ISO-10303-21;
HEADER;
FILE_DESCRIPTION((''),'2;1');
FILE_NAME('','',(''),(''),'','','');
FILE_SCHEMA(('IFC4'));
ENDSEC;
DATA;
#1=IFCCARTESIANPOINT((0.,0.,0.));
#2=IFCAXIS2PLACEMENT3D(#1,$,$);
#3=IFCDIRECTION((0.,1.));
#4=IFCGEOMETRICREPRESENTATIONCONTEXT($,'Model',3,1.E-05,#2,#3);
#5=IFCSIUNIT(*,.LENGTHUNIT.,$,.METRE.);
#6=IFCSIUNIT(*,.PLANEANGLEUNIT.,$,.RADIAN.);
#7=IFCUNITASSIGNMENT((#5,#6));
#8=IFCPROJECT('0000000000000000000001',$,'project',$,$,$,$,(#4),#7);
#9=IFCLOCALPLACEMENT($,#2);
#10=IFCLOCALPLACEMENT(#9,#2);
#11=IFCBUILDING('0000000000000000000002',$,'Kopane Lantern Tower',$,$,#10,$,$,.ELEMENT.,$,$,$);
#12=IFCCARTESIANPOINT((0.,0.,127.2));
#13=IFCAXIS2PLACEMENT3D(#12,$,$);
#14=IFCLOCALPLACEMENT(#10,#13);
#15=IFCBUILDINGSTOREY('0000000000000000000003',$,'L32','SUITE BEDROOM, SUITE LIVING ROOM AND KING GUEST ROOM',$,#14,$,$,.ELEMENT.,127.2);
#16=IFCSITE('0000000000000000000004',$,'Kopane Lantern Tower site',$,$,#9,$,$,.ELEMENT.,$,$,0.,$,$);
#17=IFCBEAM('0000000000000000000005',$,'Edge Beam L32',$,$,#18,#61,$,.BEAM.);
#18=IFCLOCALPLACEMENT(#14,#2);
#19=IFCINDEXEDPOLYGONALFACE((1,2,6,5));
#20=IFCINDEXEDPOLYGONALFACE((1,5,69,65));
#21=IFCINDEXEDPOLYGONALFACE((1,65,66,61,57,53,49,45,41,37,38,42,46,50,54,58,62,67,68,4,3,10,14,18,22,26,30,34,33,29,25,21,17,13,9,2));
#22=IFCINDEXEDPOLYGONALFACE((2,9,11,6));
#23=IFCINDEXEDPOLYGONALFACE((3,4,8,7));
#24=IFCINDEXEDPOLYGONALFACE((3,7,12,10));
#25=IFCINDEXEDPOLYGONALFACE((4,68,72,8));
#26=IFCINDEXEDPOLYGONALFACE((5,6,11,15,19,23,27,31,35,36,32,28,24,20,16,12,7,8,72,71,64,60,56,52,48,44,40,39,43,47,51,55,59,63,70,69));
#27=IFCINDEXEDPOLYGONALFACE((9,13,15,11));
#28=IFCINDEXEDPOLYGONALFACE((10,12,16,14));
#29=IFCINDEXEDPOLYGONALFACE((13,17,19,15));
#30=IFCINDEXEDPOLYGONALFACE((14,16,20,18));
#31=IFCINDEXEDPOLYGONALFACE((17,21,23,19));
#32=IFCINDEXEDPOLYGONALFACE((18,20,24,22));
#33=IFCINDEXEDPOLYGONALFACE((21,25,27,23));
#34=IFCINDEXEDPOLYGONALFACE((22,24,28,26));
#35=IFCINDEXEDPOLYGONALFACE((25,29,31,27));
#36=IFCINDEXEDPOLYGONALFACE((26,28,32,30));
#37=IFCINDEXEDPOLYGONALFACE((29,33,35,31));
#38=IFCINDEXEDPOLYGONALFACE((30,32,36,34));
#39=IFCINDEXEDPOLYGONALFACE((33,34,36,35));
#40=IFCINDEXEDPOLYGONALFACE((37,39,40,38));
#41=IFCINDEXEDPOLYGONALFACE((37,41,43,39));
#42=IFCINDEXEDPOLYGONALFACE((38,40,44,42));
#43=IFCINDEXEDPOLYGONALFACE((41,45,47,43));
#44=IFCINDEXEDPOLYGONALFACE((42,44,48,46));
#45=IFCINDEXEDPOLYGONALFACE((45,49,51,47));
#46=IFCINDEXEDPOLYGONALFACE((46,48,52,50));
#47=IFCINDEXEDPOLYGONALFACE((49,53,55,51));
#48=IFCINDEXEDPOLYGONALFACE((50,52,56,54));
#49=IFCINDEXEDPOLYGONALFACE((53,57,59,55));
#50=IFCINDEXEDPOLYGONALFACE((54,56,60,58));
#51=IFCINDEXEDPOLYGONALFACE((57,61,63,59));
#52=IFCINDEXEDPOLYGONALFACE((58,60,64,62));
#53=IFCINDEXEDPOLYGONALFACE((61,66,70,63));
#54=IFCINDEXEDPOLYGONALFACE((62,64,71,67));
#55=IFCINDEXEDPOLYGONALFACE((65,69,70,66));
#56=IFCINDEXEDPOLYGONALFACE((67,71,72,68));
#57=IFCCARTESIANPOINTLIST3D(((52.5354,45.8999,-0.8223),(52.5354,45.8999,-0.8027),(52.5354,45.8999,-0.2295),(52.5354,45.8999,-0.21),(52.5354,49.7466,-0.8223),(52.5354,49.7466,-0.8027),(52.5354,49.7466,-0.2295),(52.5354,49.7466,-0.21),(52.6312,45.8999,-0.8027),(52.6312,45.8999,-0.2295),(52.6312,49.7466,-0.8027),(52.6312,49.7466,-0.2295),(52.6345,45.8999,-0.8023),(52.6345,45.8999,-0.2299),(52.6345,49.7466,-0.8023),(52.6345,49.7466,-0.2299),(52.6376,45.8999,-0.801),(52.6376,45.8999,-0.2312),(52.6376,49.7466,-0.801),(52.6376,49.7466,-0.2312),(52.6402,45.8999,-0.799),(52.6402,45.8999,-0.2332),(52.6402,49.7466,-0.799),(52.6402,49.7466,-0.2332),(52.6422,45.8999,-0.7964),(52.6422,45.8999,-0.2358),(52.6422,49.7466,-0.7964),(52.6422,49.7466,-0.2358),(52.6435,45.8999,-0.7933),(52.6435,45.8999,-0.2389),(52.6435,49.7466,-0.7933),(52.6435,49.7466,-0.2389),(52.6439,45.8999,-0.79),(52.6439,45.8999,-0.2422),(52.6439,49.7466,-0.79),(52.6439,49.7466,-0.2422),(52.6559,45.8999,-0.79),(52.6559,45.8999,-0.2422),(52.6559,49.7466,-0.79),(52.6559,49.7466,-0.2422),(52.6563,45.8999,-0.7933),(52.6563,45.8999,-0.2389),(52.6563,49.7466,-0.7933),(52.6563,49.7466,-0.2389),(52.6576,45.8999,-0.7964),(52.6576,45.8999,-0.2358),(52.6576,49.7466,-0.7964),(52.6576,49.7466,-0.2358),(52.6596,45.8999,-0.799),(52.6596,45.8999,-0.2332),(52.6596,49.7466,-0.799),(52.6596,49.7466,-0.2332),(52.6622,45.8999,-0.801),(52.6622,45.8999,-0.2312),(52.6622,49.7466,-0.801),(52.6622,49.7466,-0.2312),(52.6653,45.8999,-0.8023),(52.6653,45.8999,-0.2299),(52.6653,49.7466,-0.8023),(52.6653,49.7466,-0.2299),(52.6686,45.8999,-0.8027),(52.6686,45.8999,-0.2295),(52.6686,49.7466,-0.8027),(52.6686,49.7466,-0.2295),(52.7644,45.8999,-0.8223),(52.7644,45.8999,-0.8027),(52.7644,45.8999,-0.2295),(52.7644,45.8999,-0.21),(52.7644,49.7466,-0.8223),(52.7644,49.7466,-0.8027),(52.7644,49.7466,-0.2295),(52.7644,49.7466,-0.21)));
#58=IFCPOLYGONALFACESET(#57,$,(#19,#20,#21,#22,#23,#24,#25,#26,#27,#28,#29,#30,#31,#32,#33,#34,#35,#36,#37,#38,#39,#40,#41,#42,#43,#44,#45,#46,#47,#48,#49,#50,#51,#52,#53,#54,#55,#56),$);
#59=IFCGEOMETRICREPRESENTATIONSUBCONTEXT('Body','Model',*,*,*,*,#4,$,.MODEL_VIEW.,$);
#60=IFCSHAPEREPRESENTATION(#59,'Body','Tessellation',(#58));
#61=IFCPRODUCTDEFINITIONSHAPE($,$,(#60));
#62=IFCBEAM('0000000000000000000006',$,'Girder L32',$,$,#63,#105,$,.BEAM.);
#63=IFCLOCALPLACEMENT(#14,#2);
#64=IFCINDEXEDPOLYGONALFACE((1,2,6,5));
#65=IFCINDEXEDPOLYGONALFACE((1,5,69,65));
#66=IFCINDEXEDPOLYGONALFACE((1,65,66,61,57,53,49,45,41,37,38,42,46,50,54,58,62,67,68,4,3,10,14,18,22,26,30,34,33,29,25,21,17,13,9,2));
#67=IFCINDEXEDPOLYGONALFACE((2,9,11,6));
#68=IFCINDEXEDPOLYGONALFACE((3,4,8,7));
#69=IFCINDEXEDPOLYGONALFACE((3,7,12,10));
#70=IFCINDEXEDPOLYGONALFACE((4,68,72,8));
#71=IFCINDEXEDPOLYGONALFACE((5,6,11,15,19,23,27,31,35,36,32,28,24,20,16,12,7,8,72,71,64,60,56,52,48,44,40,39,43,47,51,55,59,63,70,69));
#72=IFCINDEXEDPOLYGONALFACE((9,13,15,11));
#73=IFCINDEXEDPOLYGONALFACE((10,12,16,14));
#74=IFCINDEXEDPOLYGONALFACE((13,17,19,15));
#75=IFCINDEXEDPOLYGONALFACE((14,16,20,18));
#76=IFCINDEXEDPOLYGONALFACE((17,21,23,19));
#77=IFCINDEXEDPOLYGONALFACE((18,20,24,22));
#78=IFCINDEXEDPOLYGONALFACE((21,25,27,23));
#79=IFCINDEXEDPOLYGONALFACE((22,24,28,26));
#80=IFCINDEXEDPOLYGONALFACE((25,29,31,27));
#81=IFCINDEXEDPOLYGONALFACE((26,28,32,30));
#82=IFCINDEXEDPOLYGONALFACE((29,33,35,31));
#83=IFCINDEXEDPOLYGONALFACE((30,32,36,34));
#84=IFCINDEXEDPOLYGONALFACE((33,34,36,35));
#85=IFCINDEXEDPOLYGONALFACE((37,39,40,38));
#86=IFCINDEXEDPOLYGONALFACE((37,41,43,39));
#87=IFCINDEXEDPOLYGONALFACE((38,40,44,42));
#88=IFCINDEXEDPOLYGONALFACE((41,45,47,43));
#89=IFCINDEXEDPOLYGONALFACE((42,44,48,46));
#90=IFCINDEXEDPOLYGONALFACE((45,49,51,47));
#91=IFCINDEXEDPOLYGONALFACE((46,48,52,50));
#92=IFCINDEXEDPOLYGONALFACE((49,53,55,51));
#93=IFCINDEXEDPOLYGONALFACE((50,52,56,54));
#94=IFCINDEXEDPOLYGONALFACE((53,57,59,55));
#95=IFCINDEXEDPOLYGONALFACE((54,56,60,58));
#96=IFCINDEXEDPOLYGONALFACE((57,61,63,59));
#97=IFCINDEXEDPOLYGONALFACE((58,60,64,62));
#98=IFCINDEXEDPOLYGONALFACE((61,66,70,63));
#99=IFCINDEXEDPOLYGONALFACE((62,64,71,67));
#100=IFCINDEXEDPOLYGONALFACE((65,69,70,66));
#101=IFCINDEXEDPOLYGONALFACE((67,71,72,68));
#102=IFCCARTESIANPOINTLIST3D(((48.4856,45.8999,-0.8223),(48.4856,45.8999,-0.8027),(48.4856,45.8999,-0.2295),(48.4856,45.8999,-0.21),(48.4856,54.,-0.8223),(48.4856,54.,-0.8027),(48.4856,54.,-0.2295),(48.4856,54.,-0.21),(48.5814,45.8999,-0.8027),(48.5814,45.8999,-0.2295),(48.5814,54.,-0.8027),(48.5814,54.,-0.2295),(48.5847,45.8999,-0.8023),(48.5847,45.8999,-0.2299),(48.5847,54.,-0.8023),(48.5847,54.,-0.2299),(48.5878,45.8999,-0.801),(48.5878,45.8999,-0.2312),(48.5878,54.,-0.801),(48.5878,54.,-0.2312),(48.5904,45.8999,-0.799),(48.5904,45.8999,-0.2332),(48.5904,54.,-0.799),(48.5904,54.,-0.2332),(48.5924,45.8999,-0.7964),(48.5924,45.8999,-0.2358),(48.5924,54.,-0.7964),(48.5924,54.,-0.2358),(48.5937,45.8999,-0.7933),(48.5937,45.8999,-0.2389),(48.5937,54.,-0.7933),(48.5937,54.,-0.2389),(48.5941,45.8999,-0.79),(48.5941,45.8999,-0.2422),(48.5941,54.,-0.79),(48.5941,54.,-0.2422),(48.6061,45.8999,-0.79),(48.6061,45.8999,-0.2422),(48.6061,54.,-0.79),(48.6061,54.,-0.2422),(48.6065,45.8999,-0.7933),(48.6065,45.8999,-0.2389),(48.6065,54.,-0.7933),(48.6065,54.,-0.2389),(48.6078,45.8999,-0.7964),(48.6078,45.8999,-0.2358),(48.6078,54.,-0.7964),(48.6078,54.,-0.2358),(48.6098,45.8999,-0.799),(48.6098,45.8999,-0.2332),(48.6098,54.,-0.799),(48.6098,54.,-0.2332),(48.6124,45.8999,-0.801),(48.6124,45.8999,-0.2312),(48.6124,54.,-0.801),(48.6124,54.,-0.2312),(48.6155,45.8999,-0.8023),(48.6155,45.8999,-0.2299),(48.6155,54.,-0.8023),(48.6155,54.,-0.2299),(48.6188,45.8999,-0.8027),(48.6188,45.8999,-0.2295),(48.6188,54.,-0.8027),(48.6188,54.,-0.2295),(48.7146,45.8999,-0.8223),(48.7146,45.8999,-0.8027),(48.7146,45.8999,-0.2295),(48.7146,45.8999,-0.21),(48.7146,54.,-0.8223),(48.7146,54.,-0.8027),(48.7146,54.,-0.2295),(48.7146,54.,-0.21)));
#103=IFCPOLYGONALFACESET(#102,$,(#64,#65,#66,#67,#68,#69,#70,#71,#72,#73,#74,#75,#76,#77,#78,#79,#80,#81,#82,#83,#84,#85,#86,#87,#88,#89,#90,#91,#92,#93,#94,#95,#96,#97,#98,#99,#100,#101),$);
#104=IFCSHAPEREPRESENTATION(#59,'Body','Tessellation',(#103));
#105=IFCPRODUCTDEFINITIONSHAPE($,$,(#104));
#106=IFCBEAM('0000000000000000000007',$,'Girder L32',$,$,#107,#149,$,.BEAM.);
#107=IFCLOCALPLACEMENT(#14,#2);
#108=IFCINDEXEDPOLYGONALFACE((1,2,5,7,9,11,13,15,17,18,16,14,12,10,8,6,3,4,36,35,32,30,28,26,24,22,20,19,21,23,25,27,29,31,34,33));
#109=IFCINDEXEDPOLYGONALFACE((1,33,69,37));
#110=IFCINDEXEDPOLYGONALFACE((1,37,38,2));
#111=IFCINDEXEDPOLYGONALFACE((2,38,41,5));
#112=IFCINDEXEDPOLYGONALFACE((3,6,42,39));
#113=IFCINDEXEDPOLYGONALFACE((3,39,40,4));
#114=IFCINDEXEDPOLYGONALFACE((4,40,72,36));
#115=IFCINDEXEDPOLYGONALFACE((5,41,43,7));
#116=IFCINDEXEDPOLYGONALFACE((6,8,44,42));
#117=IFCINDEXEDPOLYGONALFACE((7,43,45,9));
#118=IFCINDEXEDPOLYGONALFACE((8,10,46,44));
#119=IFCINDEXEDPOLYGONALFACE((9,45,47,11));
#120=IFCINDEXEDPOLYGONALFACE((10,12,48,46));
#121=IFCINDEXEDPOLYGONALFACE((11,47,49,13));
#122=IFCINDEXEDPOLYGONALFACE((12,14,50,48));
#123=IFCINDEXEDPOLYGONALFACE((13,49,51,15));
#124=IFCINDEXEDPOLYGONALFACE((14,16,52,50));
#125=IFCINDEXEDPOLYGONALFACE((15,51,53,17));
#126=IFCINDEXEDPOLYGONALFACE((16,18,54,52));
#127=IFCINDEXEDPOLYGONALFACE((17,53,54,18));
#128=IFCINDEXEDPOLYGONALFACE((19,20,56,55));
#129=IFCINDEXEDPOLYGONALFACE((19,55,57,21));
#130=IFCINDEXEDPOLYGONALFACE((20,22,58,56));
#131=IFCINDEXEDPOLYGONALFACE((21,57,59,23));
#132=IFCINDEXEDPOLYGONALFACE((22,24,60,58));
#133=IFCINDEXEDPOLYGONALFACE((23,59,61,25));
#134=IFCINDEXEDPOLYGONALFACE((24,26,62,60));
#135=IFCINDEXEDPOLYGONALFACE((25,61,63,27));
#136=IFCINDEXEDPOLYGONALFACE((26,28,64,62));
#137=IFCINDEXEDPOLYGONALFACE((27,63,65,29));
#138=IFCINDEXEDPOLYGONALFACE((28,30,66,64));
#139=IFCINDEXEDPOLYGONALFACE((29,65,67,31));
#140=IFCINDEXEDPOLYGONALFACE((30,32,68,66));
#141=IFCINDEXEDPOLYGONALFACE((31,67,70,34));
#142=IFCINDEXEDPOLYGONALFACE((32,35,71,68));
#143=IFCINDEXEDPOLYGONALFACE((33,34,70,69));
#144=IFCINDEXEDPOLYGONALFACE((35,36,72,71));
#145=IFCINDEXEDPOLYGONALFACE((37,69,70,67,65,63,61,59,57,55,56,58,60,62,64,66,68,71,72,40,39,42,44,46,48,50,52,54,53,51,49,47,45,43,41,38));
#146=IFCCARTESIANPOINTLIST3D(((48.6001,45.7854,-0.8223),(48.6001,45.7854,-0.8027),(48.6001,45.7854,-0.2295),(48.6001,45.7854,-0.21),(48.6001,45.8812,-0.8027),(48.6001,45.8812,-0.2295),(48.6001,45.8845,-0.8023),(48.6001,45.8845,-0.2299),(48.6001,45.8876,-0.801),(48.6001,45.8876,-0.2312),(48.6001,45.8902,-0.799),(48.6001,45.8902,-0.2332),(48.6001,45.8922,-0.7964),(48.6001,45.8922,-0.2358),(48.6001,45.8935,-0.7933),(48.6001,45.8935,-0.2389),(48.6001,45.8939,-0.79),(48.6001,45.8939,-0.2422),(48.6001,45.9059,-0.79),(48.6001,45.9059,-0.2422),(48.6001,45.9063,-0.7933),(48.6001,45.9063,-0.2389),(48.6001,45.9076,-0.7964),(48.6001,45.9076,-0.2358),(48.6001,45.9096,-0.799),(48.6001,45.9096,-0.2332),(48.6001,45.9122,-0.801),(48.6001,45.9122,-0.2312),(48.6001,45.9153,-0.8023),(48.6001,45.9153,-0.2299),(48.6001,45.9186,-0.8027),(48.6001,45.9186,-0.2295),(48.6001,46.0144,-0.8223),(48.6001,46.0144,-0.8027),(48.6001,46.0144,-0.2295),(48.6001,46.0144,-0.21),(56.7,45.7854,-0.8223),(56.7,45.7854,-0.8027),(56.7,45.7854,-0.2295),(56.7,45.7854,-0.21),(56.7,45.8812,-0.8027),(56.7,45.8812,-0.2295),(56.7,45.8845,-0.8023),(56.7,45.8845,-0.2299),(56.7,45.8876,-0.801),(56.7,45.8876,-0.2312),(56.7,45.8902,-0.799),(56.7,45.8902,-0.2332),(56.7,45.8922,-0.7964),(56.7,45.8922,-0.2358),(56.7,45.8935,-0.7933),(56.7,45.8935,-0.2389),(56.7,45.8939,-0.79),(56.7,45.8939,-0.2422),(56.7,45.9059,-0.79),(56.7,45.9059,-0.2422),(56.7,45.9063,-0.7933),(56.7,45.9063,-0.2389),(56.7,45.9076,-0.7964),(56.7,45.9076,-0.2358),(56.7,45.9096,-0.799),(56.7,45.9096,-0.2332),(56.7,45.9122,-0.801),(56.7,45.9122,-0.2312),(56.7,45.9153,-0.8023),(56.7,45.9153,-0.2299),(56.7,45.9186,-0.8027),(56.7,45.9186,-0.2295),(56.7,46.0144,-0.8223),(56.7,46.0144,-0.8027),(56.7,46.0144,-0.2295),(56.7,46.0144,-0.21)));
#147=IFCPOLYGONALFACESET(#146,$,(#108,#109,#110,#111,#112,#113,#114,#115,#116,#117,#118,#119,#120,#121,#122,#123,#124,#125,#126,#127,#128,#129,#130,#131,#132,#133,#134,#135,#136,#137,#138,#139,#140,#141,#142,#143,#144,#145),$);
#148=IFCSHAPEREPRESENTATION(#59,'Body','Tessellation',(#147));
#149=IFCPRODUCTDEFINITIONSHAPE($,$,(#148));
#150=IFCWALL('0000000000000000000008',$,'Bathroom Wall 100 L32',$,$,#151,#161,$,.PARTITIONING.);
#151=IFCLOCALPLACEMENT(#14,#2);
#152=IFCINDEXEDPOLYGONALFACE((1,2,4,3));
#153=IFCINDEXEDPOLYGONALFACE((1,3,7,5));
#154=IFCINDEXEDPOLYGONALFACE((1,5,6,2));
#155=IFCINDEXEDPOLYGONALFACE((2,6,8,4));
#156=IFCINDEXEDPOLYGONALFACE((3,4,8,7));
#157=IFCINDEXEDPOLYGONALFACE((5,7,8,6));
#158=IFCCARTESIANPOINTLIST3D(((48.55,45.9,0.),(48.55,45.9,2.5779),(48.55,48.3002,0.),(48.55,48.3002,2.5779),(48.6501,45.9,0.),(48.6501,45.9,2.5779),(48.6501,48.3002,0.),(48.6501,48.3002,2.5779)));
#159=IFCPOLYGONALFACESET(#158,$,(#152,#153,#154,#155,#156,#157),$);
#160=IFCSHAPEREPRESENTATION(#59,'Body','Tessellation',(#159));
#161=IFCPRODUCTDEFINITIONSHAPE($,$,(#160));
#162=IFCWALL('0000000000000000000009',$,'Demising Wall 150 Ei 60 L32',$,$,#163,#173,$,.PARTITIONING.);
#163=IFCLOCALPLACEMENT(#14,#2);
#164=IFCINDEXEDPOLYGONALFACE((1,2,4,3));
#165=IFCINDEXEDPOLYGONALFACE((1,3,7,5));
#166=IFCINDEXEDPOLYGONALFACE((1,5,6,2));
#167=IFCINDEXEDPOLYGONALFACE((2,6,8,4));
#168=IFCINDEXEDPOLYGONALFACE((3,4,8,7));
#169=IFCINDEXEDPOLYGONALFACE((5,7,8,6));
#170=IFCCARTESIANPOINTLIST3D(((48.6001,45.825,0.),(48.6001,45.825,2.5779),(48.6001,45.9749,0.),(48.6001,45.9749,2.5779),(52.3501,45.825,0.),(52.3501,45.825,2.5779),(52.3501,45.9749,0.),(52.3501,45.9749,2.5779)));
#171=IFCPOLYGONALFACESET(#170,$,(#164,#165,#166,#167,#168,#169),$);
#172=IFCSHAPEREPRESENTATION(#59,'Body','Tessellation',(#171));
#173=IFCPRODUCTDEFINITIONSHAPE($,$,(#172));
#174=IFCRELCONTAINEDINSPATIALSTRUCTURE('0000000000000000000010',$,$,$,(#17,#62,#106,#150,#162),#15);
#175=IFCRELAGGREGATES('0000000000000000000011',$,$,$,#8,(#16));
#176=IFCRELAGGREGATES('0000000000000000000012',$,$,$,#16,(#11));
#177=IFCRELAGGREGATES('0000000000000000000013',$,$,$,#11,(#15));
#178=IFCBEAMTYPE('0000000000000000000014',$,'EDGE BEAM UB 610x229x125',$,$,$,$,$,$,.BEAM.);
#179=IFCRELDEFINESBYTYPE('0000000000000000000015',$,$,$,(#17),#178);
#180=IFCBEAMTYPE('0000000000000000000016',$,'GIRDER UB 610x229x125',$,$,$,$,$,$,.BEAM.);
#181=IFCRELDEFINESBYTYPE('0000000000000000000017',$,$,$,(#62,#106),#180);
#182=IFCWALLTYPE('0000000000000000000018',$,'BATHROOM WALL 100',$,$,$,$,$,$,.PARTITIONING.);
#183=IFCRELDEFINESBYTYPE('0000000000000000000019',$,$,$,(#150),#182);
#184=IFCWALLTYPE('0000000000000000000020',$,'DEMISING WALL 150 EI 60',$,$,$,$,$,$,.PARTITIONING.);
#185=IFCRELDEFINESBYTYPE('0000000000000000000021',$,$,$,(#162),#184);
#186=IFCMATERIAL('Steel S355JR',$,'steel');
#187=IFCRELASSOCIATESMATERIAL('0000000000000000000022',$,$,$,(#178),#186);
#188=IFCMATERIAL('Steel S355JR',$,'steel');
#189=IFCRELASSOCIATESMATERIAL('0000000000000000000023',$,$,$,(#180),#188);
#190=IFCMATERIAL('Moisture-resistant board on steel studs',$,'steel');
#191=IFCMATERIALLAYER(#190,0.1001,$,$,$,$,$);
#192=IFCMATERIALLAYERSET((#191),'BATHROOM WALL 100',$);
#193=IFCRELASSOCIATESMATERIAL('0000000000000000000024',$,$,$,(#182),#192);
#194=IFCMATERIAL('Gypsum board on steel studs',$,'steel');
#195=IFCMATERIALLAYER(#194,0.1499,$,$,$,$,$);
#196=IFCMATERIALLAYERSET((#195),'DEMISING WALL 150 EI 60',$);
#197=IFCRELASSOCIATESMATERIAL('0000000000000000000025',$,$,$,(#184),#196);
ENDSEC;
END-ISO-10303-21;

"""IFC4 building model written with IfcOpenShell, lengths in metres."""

from ifc_helpers import new_model, si_unit, direction, frame, frame_2d, origin, origin_2d, place, context, subcontext, project, spatial, rectangle, i_section, extrude, material, layer, layer_set, material_profile, profile_set, type_object, element, save


model = new_model("IFC4")

# Units and contexts
model_context = context("Model", 3, precision=1e-05, world=origin(), true_north=direction((0.0, 1.0)))
body_context = subcontext(model_context, "Body", "Model", "MODEL_VIEW")
ifc_project = project(units=[si_unit("LENGTHUNIT", "METRE"), si_unit("PLANEANGLEUNIT", "RADIAN")], contexts=[model_context])

# Site, building, storey
site_placement = place(None, origin())
site = spatial("IfcSite", under=ifc_project, at=site_placement, Name="Kopane Lantern Tower site", CompositionType="ELEMENT", RefElevation=0.0)
building_placement = place(site_placement, origin())
building = spatial("IfcBuilding", under=site, at=building_placement, Name="Kopane Lantern Tower", CompositionType="ELEMENT")
storey_placement = place(building_placement, frame((0.0, 0.0, 127.2)))
storey = spatial("IfcBuildingStorey", under=building, at=storey_placement, Name="L32", Description="SUITE BEDROOM, SUITE LIVING ROOM AND KING GUEST ROOM", CompositionType="ELEMENT", Elevation=127.2)

# Beams
ifc_material_1 = material(Name="Steel S355JR", Category="steel")
ifc_material_profile_1 = material_profile(ifc_material_1, i_section(OverallWidth=0.229, OverallDepth=0.6123, WebThickness=0.012, FlangeThickness=0.0195, FilletRadius=0.0127, at=origin_2d()), Name="UB 610x229x125")
ifc_profile_set_1 = profile_set([ifc_material_profile_1], Name="Steel S355JR")
beam_type_1 = type_object("IfcBeamType", Name="EDGE BEAM UB 610x229x125", PredefinedType="BEAM", material=ifc_profile_set_1)
beam_1_placement = place(storey_placement, frame((52.6499, 49.7466, -0.5161), z_axis=(0.0, -1.0, 0.0), x_axis=(1.0, 0.0, 0.0)))
element("IfcBeam", 1, at=beam_1_placement, inside=storey, type_object=beam_type_1, Name="Edge Beam L32", PredefinedType="BEAM", context=body_context, shape_type="SweptSolid", body=[
    extrude(i_section(OverallWidth=0.229, OverallDepth=0.6123, WebThickness=0.012, FlangeThickness=0.0195, FilletRadius=0.0127, at=origin_2d()), origin(), (0.0, 0.0, 1.0), 3.8467),
])
ifc_material_2 = material(Name="Steel S355JR", Category="steel")
ifc_material_profile_2 = material_profile(ifc_material_2, i_section(OverallWidth=0.229, OverallDepth=0.6123, WebThickness=0.012, FlangeThickness=0.0195, FilletRadius=0.0127, at=origin_2d()), Name="UB 610x229x125")
ifc_profile_set_2 = profile_set([ifc_material_profile_2], Name="Steel S355JR")
beam_type_2 = type_object("IfcBeamType", Name="GIRDER UB 610x229x125", PredefinedType="BEAM", material=ifc_profile_set_2)
beam_2_placement = place(storey_placement, frame((48.6001, 45.8999, -0.5161), z_axis=(0.0, 1.0, 0.0), x_axis=(-1.0, 0.0, 0.0)))
element("IfcBeam", 2, at=beam_2_placement, inside=storey, type_object=beam_type_2, Name="Girder L32", PredefinedType="BEAM", context=body_context, shape_type="SweptSolid", body=[
    extrude(i_section(OverallWidth=0.229, OverallDepth=0.6123, WebThickness=0.012, FlangeThickness=0.0195, FilletRadius=0.0127, at=origin_2d()), origin(), (0.0, 0.0, 1.0), 8.1001),
])
beam_3_placement = place(storey_placement, frame((48.6001, 45.8999, -0.5161), z_axis=(1.0, 0.0, 0.0), x_axis=(0.0, 1.0, 0.0)))
element("IfcBeam", 3, at=beam_3_placement, inside=storey, type_object=beam_type_2, Name="Girder L32", PredefinedType="BEAM", context=body_context, shape_type="SweptSolid", body=[
    extrude(i_section(OverallWidth=0.229, OverallDepth=0.6123, WebThickness=0.012, FlangeThickness=0.0195, FilletRadius=0.0127, at=origin_2d()), origin(), (0.0, 0.0, 1.0), 8.0999),
])

# Walls
ifc_material_3 = material(Name="Moisture-resistant board on steel studs", Category="steel")
ifc_layer_1 = layer(ifc_material_3, 0.1001)
ifc_layer_set_1 = layer_set([ifc_layer_1], Name="BATHROOM WALL 100")
wall_type_1 = type_object("IfcWallType", Name="BATHROOM WALL 100", PredefinedType="PARTITIONING", material=ifc_layer_set_1)
wall_1_placement = place(storey_placement, frame((48.6001, 45.8999, 0.0), z_axis=(0.0, 0.0, 1.0), x_axis=(0.0, 1.0, 0.0)))
element("IfcWall", 4, at=wall_1_placement, inside=storey, type_object=wall_type_1, Name="Bathroom Wall 100 L32", PredefinedType="PARTITIONING", context=body_context, shape_type="SweptSolid", body=[
    extrude(rectangle(XDim=2.4001, YDim=0.1001, at=frame_2d((1.2002, 0.0))), origin(), (0.0, 0.0, 1.0), 2.5779),
])
ifc_material_4 = material(Name="Gypsum board on steel studs", Category="steel")
ifc_layer_2 = layer(ifc_material_4, 0.1499)
ifc_layer_set_2 = layer_set([ifc_layer_2], Name="DEMISING WALL 150 EI 60")
wall_type_2 = type_object("IfcWallType", Name="DEMISING WALL 150 EI 60", PredefinedType="PARTITIONING", material=ifc_layer_set_2)
wall_2_placement = place(storey_placement, frame((48.6001, 45.8999, 0.0), z_axis=(0.0, 0.0, 1.0), x_axis=(1.0, 0.0, 0.0)))
element("IfcWall", 5, at=wall_2_placement, inside=storey, type_object=wall_type_2, Name="Demising Wall 150 Ei 60 L32", PredefinedType="PARTITIONING", context=body_context, shape_type="SweptSolid", body=[
    extrude(rectangle(XDim=3.75, YDim=0.1499, at=frame_2d((1.875, 0.0))), origin(), (0.0, 0.0, 1.0), 2.5779),
])

save(model, "model.ifc")
